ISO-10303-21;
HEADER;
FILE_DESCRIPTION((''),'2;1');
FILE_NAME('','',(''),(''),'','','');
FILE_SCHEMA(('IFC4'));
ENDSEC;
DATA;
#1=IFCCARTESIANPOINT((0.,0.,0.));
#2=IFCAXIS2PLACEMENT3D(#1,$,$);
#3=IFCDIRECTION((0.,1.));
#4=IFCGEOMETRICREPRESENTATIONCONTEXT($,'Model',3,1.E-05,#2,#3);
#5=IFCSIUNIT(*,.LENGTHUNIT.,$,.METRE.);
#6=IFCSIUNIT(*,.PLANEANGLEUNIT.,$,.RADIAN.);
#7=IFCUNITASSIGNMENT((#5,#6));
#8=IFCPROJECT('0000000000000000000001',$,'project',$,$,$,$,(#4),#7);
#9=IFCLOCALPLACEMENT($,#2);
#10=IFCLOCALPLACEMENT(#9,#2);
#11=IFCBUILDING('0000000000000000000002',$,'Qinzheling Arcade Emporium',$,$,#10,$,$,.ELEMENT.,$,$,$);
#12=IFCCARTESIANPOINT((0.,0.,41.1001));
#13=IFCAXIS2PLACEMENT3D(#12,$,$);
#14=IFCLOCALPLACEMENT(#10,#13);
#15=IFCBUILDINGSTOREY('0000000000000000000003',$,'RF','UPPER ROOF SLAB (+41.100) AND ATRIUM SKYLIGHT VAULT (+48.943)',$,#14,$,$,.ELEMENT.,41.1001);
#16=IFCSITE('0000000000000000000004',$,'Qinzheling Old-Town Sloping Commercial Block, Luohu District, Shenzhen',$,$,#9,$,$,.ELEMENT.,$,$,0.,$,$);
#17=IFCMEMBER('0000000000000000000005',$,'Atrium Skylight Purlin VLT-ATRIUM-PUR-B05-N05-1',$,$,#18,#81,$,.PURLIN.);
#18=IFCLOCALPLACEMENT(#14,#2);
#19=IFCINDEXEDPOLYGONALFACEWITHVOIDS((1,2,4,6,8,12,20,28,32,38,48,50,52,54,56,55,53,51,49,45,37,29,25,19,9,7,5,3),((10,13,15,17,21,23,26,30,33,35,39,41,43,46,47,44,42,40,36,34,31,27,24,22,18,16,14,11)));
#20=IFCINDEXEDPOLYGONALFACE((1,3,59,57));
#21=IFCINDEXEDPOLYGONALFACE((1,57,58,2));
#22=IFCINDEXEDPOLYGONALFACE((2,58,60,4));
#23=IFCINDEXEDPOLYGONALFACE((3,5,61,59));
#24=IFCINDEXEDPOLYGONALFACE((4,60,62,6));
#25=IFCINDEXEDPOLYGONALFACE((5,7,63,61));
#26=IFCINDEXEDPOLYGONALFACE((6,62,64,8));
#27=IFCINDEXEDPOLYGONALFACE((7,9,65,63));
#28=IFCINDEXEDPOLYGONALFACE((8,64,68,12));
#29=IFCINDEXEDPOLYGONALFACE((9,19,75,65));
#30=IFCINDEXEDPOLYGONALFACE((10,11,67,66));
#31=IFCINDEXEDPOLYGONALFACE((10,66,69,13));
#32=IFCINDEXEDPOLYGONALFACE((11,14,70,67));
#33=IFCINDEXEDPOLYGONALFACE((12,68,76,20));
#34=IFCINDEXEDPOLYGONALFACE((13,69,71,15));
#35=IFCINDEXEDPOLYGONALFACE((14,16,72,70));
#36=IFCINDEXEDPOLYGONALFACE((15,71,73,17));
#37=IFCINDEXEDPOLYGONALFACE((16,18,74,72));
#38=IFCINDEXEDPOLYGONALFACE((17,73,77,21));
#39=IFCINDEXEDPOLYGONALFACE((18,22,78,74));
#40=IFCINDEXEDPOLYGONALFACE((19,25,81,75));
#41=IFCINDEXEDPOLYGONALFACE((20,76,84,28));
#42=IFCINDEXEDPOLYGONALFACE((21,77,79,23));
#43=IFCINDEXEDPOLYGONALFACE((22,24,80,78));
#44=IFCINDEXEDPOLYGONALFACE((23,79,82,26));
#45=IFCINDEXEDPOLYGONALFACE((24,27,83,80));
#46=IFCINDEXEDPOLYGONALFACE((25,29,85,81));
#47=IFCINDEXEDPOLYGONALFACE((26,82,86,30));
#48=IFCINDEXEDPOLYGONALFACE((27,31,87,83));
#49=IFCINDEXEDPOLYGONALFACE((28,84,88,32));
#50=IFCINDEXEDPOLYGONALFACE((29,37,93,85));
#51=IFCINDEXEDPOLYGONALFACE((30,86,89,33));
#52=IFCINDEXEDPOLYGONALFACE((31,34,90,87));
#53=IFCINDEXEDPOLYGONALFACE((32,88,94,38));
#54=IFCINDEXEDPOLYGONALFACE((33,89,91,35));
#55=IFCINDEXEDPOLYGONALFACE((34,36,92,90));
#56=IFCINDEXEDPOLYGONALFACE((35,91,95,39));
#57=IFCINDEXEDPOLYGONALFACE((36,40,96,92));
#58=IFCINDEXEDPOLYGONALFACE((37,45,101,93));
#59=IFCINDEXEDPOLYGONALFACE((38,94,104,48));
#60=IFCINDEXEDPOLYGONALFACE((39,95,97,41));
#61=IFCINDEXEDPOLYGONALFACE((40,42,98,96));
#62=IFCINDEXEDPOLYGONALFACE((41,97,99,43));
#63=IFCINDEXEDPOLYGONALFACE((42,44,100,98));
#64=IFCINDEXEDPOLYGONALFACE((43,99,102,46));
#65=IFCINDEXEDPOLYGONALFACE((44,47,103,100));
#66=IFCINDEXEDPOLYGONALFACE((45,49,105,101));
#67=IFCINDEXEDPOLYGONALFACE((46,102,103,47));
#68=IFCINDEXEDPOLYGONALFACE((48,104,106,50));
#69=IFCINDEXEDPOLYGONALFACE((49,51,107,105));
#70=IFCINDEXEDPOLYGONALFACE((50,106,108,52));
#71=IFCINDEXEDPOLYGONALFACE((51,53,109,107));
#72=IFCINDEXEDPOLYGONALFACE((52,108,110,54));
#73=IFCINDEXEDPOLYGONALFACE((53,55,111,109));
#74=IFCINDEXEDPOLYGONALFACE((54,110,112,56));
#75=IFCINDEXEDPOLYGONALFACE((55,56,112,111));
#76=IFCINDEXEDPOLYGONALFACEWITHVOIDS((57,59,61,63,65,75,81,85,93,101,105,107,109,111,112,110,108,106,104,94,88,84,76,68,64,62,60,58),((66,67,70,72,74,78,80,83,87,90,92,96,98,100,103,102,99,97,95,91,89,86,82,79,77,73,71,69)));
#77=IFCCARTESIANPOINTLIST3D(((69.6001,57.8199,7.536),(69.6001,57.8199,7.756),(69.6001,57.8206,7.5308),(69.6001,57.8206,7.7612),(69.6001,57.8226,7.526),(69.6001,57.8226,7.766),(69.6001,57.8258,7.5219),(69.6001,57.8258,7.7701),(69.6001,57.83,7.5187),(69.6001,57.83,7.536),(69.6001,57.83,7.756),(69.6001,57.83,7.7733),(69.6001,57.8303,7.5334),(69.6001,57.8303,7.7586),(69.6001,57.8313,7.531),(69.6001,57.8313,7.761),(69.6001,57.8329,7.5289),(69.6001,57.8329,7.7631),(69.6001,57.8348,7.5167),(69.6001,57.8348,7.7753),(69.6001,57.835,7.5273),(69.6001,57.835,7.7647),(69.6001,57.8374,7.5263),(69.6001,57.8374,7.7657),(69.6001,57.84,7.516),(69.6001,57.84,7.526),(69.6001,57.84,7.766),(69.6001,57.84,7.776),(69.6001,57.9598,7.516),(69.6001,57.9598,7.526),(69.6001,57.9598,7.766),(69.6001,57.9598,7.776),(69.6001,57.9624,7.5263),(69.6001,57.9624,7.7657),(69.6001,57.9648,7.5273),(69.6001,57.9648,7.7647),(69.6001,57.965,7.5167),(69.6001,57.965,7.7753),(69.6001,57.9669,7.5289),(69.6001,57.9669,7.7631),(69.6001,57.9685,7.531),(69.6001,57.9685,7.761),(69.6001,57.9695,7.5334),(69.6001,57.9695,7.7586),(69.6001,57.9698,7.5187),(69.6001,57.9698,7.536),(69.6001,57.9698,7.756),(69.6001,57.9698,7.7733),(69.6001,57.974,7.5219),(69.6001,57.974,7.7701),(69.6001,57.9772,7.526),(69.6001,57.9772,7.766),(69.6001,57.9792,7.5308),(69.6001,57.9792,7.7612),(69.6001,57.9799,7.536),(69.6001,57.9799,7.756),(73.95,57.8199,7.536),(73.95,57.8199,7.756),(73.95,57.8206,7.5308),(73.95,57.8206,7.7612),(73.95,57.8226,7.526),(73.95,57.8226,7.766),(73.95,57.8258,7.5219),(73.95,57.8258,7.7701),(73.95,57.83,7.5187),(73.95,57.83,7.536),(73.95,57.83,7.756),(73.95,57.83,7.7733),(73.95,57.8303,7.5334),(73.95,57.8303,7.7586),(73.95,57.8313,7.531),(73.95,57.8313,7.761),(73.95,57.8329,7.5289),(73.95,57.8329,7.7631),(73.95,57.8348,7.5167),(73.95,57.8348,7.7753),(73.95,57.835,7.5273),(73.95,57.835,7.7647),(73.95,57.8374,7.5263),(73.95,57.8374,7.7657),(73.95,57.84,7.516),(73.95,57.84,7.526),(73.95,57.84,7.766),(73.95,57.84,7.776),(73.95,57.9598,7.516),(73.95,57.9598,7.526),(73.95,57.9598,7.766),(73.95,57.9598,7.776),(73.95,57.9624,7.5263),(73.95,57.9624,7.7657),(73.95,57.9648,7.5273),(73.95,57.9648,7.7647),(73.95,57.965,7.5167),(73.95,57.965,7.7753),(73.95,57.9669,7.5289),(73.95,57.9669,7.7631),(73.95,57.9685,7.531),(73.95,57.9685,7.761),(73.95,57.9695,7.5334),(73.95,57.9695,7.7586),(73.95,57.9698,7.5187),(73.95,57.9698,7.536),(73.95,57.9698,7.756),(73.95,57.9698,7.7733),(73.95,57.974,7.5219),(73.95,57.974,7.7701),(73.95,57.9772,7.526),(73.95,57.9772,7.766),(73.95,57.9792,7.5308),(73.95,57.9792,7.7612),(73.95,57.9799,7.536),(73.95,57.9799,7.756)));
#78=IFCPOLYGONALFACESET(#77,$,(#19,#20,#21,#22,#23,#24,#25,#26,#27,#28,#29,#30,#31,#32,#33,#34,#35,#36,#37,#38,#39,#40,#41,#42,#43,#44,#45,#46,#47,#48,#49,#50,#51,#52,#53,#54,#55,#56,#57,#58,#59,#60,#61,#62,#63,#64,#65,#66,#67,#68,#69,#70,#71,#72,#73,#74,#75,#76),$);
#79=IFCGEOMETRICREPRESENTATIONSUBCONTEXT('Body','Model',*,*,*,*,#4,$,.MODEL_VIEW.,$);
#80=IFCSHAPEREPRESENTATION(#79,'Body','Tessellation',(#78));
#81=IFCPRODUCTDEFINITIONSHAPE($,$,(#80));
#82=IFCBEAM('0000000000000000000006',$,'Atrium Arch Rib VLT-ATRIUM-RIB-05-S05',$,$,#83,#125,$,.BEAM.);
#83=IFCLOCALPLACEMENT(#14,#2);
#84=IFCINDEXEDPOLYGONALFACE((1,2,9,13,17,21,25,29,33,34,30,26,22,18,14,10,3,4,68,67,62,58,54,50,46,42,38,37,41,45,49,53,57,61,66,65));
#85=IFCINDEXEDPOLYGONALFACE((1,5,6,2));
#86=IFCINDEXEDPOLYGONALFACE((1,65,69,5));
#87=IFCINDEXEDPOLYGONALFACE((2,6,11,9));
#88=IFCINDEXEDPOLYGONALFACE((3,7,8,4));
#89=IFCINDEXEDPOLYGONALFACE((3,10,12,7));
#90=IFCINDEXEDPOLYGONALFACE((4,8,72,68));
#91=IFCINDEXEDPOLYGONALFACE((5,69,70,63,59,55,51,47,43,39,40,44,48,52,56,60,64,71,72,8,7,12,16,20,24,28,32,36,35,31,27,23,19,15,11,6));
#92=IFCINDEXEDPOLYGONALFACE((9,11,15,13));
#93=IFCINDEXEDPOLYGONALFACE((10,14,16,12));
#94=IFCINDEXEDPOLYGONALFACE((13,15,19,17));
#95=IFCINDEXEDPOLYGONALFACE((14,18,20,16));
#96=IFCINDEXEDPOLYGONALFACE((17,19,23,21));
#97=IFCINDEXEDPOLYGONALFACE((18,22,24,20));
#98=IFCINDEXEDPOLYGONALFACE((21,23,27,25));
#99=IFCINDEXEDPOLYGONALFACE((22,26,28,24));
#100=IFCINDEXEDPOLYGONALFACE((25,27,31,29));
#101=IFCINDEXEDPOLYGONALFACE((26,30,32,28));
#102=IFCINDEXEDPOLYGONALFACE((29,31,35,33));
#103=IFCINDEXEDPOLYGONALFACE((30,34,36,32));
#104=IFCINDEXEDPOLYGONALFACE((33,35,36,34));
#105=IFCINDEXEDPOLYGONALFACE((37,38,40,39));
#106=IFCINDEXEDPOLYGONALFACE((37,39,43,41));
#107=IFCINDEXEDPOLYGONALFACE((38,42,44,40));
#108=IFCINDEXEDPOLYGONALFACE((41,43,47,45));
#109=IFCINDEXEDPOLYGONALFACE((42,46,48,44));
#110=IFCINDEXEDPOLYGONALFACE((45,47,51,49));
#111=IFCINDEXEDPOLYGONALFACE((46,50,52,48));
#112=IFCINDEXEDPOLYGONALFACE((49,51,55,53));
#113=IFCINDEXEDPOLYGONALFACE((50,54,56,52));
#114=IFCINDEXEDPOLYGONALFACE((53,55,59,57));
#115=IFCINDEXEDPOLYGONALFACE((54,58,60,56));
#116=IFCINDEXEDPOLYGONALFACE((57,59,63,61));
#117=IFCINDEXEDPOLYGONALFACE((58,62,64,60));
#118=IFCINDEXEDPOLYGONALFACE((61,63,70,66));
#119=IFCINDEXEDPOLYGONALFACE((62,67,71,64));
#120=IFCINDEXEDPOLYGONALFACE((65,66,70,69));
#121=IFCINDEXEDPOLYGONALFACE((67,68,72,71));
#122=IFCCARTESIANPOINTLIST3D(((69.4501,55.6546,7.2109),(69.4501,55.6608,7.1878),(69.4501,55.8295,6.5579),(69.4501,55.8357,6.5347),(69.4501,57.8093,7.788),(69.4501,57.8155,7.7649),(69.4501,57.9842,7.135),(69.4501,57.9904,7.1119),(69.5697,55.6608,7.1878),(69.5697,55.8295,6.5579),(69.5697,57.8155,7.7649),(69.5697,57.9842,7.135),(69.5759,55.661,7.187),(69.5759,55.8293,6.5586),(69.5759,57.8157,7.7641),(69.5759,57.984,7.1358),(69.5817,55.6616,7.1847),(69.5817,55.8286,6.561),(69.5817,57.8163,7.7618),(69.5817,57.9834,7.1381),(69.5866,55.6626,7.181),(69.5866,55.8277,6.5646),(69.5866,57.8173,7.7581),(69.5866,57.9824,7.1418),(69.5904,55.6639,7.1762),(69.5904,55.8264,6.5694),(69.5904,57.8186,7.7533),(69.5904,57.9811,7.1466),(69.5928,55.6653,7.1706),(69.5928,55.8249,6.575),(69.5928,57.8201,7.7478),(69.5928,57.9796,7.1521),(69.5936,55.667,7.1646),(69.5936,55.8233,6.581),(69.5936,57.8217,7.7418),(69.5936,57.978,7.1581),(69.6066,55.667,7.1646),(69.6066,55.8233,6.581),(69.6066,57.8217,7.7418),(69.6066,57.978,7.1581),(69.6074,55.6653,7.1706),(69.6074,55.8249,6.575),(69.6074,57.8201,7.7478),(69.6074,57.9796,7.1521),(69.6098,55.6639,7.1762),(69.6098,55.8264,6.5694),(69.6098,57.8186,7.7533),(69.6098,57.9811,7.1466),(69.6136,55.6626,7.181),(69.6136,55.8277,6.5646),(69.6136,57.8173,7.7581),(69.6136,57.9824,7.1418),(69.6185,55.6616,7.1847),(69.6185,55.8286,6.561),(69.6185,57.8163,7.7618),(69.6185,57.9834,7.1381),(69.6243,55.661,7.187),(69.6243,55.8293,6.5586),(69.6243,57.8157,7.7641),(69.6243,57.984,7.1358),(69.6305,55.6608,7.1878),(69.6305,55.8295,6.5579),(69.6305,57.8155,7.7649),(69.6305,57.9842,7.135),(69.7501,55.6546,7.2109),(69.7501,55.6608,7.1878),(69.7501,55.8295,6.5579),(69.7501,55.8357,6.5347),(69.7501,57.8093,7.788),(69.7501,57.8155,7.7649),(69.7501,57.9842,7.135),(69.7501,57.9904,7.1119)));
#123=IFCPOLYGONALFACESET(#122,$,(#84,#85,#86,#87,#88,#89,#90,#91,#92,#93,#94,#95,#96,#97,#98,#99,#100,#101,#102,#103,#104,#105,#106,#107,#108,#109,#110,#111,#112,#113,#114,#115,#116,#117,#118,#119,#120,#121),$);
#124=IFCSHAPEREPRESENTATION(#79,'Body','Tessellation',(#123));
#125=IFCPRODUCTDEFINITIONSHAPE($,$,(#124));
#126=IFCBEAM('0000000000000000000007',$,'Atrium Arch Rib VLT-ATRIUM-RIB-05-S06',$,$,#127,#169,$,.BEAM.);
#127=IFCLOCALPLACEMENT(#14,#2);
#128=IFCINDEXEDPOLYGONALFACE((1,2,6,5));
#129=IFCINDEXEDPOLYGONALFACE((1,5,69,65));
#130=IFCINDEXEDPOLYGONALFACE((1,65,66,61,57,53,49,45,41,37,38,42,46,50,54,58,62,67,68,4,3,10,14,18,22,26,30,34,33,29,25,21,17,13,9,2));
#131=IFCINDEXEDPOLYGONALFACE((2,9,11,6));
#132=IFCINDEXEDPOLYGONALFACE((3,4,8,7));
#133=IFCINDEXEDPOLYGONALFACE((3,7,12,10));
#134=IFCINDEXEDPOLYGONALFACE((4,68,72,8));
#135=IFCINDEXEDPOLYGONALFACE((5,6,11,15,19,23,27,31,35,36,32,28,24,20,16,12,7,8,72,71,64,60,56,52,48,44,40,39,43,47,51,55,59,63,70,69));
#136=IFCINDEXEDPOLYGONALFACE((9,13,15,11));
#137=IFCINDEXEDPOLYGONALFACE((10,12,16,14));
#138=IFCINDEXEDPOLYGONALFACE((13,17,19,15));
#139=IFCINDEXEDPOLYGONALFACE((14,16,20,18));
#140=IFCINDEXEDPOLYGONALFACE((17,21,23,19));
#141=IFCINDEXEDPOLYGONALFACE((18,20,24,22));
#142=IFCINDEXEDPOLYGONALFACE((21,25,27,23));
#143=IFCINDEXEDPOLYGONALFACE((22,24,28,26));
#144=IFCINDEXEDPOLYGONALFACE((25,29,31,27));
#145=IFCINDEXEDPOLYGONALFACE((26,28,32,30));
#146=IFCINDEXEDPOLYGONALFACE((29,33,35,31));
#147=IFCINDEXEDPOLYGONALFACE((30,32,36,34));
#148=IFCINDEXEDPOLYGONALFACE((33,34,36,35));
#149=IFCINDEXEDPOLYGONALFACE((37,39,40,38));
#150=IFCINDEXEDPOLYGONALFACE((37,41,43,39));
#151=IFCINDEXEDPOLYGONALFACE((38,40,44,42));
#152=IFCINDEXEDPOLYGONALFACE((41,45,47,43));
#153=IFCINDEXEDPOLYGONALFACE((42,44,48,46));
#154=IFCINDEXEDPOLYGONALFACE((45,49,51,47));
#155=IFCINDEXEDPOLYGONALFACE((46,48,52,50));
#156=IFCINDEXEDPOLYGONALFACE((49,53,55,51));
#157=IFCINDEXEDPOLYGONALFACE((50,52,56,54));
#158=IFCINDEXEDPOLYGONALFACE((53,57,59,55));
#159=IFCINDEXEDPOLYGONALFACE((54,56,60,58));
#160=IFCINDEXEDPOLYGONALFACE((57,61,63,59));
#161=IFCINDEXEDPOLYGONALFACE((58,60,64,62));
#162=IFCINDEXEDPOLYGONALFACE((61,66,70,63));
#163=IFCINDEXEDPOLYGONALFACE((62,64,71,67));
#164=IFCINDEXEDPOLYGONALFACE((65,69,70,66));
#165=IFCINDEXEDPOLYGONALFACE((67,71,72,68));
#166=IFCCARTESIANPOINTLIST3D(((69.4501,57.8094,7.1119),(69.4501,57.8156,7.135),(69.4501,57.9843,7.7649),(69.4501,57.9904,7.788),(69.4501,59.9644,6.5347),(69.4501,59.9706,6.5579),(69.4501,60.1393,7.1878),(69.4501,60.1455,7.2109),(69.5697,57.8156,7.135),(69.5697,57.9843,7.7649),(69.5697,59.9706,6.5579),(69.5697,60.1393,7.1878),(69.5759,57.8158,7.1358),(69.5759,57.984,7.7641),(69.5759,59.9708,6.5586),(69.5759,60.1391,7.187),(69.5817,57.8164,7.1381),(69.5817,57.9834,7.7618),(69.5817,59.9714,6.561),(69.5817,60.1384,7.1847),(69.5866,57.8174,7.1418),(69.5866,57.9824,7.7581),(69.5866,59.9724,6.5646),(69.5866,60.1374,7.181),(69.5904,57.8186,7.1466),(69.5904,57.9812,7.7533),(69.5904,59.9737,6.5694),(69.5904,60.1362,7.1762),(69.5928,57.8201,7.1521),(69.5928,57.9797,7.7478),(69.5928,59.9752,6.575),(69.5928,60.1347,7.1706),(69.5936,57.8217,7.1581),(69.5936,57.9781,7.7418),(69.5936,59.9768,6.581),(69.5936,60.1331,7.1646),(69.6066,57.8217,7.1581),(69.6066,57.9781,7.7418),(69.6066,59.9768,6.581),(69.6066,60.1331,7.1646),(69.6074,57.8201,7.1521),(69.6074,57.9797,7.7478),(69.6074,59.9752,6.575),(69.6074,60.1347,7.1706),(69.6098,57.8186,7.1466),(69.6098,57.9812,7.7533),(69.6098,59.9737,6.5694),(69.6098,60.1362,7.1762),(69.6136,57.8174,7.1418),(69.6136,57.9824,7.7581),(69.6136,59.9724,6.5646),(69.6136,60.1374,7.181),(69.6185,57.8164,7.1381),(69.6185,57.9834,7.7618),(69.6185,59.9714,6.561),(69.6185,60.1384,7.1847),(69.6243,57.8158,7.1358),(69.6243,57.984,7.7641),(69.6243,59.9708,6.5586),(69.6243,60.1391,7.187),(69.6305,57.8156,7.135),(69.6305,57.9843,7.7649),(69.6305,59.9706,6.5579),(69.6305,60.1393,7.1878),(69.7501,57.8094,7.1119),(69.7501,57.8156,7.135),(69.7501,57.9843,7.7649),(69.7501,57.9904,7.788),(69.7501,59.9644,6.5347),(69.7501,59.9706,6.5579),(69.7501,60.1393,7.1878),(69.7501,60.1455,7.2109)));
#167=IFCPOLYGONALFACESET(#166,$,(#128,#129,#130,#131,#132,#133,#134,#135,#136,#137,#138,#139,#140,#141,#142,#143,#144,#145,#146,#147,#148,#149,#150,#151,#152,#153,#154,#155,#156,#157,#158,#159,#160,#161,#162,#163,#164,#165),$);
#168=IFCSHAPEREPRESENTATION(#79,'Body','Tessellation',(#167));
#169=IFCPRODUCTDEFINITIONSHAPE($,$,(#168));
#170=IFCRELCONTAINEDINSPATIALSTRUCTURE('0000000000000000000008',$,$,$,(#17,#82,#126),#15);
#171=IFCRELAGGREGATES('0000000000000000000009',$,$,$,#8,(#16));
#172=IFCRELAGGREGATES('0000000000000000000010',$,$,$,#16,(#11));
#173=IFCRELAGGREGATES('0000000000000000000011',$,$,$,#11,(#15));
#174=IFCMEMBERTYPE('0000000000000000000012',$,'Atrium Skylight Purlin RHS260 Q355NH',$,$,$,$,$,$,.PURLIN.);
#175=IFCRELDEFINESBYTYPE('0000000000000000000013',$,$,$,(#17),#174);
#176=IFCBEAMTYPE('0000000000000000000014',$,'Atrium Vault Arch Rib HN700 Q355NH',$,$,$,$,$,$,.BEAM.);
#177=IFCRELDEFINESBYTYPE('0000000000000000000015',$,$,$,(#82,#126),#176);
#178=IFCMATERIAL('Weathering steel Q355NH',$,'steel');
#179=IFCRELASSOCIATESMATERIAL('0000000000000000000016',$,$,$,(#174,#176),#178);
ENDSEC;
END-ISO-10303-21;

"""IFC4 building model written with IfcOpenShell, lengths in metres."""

from ifc_helpers import new_model, si_unit, direction, frame, origin, origin_2d, place, context, subcontext, project, spatial, hollow_rectangle, i_section, extrude, material, material_profile, profile_set, type_object, element, save


model = new_model("IFC4")

# Units and contexts
model_context = context("Model", 3, precision=1e-05, world=origin(), true_north=direction((0.0, 1.0)))
body_context = subcontext(model_context, "Body", "Model", "MODEL_VIEW")
ifc_project = project(units=[si_unit("LENGTHUNIT", "METRE"), si_unit("PLANEANGLEUNIT", "RADIAN")], contexts=[model_context])

# Site, building, storey
site_placement = place(None, origin())
site = spatial("IfcSite", under=ifc_project, at=site_placement, Name="Qinzheling Old-Town Sloping Commercial Block, Luohu District, Shenzhen", CompositionType="ELEMENT", RefElevation=0.0)
building_placement = place(site_placement, origin())
building = spatial("IfcBuilding", under=site, at=building_placement, Name="Qinzheling Arcade Emporium", CompositionType="ELEMENT")
storey_placement = place(building_placement, frame((0.0, 0.0, 41.1001)))
storey = spatial("IfcBuildingStorey", under=building, at=storey_placement, Name="RF", Description="UPPER ROOF SLAB (+41.100) AND ATRIUM SKYLIGHT VAULT (+48.943)", CompositionType="ELEMENT", Elevation=41.1001)

# Shared definitions
ifc_material_1 = material(Name="Weathering steel Q355NH", Category="steel")

# Member
ifc_material_profile_1 = material_profile(ifc_material_1, hollow_rectangle(XDim=0.1599, YDim=0.26, WallThickness=0.01, InnerFilletRadius=0.01, OuterFilletRadius=0.02, at=origin_2d()), Name="RHS 260x160x10", Category="steel")
ifc_profile_set_1 = profile_set([ifc_material_profile_1], Name="Weathering steel Q355NH")
member_type_1 = type_object("IfcMemberType", Name="Atrium Skylight Purlin RHS260 Q355NH", PredefinedType="PURLIN", material=ifc_profile_set_1)
member_1_placement = place(storey_placement, frame((69.6001, 57.8999, 7.646), z_axis=(1.0, 0.0, 0.0), x_axis=(0.0, 1.0, 0.0)))
element("IfcMember", 1, at=member_1_placement, inside=storey, type_object=member_type_1, Name="Atrium Skylight Purlin VLT-ATRIUM-PUR-B05-N05-1", PredefinedType="PURLIN", context=body_context, shape_type="SweptSolid", body=[
    extrude(hollow_rectangle(XDim=0.1599, YDim=0.26, WallThickness=0.01, InnerFilletRadius=0.01, OuterFilletRadius=0.02, at=origin_2d()), origin(), (0.0, 0.0, 1.0), 4.3499),
])

# Beams
ifc_material_profile_2 = material_profile(ifc_material_1, i_section(OverallWidth=0.3, OverallDepth=0.7, WebThickness=0.0129, FlangeThickness=0.0239, FilletRadius=0.0239, at=origin_2d()), Name="HN 700x300x13x24", Category="steel")
ifc_profile_set_2 = profile_set([ifc_material_profile_2], Name="Weathering steel Q355NH")
beam_type_1 = type_object("IfcBeamType", Name="Atrium Vault Arch Rib HN700 Q355NH", PredefinedType="BEAM", material=ifc_profile_set_2)
beam_1_placement = place(storey_placement, frame((69.6001, 55.7451, 6.8728), z_axis=(0.0, 0.965951, 0.258725), x_axis=(-1.0, 0.0, 0.0)))
element("IfcBeam", 2, at=beam_1_placement, inside=storey, type_object=beam_type_1, Name="Atrium Arch Rib VLT-ATRIUM-RIB-05-S05", PredefinedType="BEAM", context=body_context, shape_type="SweptSolid", body=[
    extrude(i_section(OverallWidth=0.3, OverallDepth=0.7, WebThickness=0.0129, FlangeThickness=0.0239, FilletRadius=0.0239, at=origin_2d()), origin(), (0.0, 0.0, 1.0), 2.2307),
])
beam_2_placement = place(storey_placement, frame((69.6001, 57.8999, 7.45), z_axis=(0.0, 0.965958, -0.258698), x_axis=(-1.0, 0.0, 0.0)))
element("IfcBeam", 3, at=beam_2_placement, inside=storey, type_object=beam_type_1, Name="Atrium Arch Rib VLT-ATRIUM-RIB-05-S06", PredefinedType="BEAM", context=body_context, shape_type="SweptSolid", body=[
    extrude(i_section(OverallWidth=0.3, OverallDepth=0.7, WebThickness=0.0129, FlangeThickness=0.0239, FilletRadius=0.0239, at=origin_2d()), origin(), (0.0, 0.0, 1.0), 2.231),
])

save(model, "model.ifc")
